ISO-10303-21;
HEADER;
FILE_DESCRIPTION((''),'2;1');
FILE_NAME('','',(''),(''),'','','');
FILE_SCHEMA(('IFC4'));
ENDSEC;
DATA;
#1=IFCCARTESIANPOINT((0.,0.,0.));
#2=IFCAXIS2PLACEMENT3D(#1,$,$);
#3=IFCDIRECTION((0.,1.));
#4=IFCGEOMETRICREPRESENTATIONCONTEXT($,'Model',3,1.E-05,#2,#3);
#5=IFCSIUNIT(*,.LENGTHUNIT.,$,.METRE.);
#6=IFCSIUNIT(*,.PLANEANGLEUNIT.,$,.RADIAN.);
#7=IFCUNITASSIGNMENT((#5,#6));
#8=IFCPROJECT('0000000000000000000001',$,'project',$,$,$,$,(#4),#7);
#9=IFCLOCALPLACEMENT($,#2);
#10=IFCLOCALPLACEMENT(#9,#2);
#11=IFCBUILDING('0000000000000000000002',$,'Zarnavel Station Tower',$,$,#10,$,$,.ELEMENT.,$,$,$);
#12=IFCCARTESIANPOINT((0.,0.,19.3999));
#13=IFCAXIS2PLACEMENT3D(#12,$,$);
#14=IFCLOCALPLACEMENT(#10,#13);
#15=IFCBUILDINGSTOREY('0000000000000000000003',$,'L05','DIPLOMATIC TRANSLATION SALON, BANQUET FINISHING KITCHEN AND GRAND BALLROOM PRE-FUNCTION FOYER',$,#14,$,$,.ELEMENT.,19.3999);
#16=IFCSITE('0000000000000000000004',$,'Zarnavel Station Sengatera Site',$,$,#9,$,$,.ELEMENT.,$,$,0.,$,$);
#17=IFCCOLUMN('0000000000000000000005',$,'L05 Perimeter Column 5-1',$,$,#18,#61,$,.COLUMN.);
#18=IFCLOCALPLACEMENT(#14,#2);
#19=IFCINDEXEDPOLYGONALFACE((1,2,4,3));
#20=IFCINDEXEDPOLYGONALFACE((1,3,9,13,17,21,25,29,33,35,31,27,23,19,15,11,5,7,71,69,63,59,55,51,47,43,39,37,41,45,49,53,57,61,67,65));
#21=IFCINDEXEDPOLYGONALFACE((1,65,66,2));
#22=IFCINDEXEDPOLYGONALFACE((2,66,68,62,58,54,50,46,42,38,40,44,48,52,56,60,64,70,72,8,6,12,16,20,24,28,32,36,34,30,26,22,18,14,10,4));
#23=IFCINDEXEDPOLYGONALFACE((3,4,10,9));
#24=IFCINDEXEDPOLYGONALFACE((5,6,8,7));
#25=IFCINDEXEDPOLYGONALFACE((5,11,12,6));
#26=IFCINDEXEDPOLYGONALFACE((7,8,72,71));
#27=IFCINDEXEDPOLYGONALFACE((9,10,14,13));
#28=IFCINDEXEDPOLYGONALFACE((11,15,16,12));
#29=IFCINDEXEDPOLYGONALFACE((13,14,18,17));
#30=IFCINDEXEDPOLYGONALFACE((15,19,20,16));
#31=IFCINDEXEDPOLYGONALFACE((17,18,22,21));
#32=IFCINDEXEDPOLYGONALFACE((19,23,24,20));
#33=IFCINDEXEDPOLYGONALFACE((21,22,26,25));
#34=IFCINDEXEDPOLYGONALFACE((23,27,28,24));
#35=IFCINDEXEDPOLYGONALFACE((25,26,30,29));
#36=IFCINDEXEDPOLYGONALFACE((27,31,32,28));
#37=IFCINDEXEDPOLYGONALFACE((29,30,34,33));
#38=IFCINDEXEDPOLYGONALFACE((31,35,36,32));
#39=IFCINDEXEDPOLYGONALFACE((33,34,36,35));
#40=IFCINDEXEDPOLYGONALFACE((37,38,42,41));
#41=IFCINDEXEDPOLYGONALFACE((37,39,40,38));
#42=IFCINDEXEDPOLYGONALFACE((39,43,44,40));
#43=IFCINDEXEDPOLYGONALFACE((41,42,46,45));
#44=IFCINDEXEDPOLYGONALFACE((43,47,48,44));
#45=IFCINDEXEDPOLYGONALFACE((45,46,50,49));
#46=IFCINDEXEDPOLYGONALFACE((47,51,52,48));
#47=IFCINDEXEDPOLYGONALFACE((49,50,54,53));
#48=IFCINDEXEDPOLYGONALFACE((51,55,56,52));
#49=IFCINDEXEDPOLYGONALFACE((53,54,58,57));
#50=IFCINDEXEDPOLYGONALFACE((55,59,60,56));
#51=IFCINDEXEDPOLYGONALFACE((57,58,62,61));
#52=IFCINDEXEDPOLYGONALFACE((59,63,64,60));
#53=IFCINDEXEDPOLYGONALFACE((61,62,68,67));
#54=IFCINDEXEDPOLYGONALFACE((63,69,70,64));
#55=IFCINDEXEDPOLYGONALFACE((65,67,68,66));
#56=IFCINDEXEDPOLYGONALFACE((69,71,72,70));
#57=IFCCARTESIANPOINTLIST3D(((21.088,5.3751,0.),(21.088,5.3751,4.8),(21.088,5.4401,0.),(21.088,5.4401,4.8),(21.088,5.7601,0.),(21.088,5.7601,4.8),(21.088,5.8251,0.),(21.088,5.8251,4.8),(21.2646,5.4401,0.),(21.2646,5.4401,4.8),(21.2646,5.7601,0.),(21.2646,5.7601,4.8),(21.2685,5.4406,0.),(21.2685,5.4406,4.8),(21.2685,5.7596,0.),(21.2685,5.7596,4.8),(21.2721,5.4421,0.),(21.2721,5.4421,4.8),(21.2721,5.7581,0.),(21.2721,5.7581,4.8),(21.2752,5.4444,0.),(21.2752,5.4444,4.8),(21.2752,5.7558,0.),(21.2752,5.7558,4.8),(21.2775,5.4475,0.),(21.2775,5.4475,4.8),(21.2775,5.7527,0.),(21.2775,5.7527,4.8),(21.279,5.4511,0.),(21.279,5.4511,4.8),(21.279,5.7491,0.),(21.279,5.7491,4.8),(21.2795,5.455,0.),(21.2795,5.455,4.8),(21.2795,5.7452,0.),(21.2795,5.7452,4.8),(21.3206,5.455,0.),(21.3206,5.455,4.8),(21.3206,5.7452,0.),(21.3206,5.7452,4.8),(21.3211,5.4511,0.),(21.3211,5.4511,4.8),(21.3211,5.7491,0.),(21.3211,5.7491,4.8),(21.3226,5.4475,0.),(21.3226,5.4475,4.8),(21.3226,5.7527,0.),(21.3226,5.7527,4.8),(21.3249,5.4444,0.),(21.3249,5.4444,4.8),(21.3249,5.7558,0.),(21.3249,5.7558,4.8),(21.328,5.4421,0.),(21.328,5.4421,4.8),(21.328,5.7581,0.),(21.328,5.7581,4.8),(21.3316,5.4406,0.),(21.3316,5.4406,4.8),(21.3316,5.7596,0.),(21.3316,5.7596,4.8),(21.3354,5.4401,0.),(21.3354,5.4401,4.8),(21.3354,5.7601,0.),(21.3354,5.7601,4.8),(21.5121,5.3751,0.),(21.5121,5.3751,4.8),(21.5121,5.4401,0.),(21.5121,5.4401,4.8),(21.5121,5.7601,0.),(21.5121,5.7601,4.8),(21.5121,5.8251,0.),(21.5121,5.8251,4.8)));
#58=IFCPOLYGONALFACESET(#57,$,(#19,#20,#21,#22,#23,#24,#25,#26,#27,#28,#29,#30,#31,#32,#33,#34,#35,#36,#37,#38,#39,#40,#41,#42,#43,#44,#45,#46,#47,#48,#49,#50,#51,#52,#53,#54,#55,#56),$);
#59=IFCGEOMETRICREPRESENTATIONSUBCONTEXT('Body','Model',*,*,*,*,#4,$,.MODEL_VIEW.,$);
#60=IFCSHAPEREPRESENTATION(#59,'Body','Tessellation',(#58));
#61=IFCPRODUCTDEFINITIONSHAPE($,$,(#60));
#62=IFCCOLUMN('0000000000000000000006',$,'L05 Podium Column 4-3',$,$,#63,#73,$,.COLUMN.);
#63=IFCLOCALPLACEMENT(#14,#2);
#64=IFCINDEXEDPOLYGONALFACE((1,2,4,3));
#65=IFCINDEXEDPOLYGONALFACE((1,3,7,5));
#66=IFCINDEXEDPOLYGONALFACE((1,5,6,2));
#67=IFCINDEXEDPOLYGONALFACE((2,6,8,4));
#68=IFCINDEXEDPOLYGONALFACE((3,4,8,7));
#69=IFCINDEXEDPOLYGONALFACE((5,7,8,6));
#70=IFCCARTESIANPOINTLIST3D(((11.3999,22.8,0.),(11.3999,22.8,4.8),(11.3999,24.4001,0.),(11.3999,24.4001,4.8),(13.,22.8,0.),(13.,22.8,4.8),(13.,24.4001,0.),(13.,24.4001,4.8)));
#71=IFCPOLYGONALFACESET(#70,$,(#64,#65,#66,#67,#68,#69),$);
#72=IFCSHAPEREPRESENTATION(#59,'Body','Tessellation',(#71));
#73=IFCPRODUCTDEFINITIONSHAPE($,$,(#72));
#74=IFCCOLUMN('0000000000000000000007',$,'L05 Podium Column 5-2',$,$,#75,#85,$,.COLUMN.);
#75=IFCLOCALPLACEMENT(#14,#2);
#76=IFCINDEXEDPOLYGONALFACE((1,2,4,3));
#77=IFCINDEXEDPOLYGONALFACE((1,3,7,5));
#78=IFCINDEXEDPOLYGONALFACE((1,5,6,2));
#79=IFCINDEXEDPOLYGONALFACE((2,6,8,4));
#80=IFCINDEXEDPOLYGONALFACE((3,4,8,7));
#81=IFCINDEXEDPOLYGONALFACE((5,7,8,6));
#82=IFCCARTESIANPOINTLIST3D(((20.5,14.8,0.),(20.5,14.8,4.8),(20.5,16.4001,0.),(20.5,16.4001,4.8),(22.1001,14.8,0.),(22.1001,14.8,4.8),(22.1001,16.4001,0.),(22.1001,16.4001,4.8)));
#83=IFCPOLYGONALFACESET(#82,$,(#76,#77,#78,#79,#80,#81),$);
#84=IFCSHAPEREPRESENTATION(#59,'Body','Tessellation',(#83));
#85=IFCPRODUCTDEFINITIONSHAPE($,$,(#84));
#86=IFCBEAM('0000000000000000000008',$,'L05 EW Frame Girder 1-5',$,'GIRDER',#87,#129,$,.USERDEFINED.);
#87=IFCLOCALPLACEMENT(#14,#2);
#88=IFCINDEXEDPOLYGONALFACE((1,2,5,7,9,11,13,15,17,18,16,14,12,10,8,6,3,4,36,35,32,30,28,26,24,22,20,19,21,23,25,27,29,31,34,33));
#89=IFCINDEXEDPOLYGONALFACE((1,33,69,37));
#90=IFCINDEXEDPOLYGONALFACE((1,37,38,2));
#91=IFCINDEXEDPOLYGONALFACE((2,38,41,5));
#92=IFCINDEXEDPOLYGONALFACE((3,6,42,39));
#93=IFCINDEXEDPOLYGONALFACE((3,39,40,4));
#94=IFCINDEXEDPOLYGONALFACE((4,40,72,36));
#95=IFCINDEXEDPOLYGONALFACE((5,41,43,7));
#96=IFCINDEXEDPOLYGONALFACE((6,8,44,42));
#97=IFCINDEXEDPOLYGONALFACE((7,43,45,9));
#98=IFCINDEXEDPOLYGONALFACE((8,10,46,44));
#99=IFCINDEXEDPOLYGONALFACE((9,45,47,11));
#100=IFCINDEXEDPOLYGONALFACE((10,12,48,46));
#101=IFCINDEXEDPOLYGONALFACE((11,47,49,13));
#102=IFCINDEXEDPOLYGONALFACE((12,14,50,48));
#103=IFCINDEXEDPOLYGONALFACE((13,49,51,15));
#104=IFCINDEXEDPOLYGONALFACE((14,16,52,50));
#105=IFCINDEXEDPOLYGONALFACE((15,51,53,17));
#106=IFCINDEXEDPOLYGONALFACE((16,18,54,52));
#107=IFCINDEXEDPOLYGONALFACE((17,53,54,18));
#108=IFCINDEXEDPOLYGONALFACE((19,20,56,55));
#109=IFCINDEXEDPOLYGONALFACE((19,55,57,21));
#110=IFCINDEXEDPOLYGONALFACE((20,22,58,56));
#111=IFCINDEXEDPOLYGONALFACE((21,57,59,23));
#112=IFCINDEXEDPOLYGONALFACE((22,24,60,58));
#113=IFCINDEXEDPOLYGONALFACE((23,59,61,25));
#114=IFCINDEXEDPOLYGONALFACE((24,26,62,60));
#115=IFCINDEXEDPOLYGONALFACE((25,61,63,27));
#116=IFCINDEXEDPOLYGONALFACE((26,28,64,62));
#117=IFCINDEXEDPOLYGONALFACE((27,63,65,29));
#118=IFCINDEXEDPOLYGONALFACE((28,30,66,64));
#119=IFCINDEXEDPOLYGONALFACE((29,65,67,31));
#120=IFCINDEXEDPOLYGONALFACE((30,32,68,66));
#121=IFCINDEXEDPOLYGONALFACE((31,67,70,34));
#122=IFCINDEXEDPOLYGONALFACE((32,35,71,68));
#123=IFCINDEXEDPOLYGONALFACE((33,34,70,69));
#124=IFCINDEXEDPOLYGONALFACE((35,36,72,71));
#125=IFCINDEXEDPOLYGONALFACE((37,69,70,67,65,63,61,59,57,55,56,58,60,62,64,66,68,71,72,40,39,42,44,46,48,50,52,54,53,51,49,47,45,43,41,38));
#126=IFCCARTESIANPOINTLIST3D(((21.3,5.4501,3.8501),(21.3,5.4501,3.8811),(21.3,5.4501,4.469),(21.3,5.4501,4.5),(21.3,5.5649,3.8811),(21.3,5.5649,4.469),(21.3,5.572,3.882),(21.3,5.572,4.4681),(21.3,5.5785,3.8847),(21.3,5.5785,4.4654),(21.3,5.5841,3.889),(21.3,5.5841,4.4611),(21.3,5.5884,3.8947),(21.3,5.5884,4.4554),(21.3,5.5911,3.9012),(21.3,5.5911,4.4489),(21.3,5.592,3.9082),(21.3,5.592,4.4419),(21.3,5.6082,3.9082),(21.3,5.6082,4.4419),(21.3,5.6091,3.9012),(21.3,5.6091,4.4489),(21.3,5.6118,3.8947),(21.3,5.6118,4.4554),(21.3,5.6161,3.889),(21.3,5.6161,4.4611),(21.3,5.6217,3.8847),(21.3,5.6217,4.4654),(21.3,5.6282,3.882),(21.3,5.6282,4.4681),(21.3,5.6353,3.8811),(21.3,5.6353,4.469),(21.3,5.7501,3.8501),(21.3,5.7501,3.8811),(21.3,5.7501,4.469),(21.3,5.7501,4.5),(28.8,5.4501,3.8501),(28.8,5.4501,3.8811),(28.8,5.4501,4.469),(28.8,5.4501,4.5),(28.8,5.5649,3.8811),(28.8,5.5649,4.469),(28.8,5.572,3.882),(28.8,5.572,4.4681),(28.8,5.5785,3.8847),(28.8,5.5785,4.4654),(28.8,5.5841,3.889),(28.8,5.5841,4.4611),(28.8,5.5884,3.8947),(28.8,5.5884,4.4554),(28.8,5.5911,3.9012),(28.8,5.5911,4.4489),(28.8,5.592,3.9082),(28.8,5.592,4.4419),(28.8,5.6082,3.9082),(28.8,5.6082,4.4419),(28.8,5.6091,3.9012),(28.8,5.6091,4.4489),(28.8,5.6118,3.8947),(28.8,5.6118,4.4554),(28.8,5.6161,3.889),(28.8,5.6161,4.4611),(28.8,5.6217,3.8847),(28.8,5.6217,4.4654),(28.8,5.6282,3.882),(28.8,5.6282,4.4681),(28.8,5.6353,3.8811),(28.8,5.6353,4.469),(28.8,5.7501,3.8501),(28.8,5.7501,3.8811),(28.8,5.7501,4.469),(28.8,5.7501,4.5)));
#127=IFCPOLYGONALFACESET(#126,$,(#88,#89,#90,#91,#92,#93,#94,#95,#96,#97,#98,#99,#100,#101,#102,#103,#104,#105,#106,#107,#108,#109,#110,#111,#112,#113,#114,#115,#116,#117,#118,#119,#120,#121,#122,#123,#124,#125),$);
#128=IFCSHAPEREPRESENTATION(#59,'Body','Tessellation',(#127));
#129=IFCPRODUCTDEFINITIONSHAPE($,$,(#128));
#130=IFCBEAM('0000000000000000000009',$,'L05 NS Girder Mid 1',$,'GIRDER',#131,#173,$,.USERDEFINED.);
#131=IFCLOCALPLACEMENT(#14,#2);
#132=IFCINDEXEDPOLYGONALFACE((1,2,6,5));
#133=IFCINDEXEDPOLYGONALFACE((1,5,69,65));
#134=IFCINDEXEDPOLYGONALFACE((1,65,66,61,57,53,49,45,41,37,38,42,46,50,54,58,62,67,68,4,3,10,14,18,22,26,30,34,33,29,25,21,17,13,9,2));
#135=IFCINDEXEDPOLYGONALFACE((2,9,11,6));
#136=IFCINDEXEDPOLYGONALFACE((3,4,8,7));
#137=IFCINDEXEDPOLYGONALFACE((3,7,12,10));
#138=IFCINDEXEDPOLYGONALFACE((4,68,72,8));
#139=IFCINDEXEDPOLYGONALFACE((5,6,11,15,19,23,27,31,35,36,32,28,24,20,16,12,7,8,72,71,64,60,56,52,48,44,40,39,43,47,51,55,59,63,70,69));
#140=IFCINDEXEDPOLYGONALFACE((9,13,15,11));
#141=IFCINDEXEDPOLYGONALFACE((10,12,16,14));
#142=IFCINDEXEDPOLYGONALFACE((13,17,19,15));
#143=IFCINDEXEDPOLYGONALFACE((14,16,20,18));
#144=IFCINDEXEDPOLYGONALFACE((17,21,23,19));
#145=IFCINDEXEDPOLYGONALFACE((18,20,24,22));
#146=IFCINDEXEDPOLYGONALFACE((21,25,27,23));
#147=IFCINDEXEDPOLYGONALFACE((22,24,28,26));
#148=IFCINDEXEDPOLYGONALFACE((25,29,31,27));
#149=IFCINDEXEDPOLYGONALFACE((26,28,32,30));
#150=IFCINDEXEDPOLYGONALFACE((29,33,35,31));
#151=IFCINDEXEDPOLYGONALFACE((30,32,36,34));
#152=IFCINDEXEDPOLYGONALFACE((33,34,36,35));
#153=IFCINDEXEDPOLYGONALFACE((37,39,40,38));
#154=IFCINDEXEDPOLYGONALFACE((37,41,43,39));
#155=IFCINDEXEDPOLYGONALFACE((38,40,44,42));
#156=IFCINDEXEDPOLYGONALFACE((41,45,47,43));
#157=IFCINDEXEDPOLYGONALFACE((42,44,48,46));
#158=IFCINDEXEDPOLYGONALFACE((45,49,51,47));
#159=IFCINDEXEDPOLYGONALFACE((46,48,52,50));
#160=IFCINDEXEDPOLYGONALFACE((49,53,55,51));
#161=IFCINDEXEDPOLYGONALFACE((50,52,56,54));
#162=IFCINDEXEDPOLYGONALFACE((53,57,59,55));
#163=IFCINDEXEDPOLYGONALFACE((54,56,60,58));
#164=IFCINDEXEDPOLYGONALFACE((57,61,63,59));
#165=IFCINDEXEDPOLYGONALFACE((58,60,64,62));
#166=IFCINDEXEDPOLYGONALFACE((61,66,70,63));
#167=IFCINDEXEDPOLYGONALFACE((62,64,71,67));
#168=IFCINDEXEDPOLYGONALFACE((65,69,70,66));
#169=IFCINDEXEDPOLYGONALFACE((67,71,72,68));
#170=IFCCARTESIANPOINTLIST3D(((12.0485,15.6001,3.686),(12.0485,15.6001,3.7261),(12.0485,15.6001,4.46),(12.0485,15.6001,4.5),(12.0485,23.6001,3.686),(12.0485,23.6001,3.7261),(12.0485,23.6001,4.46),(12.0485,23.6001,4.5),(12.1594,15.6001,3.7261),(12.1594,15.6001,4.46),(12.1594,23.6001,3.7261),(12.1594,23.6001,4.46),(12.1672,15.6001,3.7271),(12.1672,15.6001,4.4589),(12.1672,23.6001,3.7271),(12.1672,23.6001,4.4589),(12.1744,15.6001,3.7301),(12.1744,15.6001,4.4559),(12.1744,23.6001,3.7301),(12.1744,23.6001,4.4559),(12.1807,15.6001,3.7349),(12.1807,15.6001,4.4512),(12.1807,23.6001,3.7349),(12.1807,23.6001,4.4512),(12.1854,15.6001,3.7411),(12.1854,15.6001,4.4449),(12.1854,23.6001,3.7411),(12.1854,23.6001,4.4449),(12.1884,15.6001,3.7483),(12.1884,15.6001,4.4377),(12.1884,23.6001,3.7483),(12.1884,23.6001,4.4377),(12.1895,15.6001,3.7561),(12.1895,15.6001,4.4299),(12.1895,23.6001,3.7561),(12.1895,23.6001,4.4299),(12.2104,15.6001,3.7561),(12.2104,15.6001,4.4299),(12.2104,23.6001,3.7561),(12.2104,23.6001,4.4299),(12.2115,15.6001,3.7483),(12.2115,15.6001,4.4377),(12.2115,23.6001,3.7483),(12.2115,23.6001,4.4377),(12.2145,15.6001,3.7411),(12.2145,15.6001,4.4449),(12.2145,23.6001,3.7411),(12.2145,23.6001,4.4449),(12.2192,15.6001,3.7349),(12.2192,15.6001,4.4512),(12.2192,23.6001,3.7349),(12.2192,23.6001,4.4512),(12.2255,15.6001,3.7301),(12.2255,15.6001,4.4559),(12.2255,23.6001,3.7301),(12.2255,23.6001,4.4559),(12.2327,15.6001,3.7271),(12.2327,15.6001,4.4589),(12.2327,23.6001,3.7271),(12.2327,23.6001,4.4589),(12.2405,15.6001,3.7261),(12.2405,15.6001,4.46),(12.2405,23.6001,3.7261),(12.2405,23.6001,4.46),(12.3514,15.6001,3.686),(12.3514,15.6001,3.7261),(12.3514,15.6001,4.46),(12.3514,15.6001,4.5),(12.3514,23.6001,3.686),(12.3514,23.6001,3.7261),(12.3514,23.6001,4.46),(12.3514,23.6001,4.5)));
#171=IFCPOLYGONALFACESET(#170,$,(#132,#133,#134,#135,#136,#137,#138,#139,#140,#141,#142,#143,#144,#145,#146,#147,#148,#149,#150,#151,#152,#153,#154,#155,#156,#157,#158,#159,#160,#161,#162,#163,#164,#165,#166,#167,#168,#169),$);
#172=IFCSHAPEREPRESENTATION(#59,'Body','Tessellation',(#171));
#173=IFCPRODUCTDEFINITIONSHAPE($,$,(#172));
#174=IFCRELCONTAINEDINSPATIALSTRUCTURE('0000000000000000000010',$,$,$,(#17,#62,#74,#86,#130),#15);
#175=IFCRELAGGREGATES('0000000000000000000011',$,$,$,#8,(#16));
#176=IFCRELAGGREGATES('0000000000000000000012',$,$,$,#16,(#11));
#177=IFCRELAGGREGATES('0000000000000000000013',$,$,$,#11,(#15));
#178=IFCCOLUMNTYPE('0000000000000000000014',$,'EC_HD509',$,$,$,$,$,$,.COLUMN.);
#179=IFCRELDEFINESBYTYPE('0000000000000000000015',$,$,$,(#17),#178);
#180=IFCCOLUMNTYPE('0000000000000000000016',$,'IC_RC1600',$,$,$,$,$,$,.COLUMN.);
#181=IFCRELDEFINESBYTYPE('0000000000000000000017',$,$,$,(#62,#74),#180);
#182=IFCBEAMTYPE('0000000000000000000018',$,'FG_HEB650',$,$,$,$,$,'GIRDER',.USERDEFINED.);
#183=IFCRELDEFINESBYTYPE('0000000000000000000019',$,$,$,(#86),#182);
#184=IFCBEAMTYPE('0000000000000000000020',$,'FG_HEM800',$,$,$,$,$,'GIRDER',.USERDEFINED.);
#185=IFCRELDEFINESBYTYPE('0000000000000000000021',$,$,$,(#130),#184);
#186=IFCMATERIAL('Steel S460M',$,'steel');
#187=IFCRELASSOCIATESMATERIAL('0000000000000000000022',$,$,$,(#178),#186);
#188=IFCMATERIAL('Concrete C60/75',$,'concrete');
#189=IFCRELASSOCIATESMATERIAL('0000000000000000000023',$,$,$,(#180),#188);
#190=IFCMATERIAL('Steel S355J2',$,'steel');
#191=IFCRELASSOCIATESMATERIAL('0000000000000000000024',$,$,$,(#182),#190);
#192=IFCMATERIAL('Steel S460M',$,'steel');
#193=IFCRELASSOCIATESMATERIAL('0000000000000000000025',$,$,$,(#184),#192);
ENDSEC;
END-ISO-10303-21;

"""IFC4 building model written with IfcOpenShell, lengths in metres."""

from ifc_helpers import new_model, si_unit, direction, frame, origin, origin_2d, place, context, subcontext, project, spatial, rectangle, i_section, extrude, material, material_profile, profile_set, type_object, element, save


model = new_model("IFC4")

# Units and contexts
model_context = context("Model", 3, precision=1e-05, world=origin(), true_north=direction((0.0, 1.0)))
body_context = subcontext(model_context, "Body", "Model", "MODEL_VIEW")
ifc_project = project(units=[si_unit("LENGTHUNIT", "METRE"), si_unit("PLANEANGLEUNIT", "RADIAN")], contexts=[model_context])

# Site, building, storey
site_placement = place(None, origin())
site = spatial("IfcSite", under=ifc_project, at=site_placement, Name="Zarnavel Station Sengatera Site", CompositionType="ELEMENT", RefElevation=0.0)
building_placement = place(site_placement, origin())
building = spatial("IfcBuilding", under=site, at=building_placement, Name="Zarnavel Station Tower", CompositionType="ELEMENT")
storey_placement = place(building_placement, frame((0.0, 0.0, 19.3999)))
storey = spatial("IfcBuildingStorey", under=building, at=storey_placement, Name="L05", Description="DIPLOMATIC TRANSLATION SALON, BANQUET FINISHING KITCHEN AND GRAND BALLROOM PRE-FUNCTION FOYER", CompositionType="ELEMENT", Elevation=19.3999)

# Columns
ifc_material_1 = material(Name="Steel S460M", Category="steel")
ifc_material_profile_1 = material_profile(ifc_material_1, i_section(OverallWidth=0.4241, OverallDepth=0.45, WebThickness=0.041, FlangeThickness=0.0649, FilletRadius=0.0149, at=origin_2d()), Name="HD400x509")
ifc_profile_set_1 = profile_set([ifc_material_profile_1], Name="Steel S460M")
column_type_1 = type_object("IfcColumnType", Name="EC_HD509", PredefinedType="COLUMN", material=ifc_profile_set_1)
column_placement = place(storey_placement, frame((21.3, 5.6001, 0.0), z_axis=(0.0, 0.0, 1.0), x_axis=(1.0, 0.0, 0.0)))
element("IfcColumn", 1, at=column_placement, inside=storey, type_object=column_type_1, Name="L05 Perimeter Column 5-1", PredefinedType="COLUMN", context=body_context, shape_type="SweptSolid", body=[
    extrude(i_section(OverallWidth=0.4241, OverallDepth=0.45, WebThickness=0.041, FlangeThickness=0.0649, FilletRadius=0.0149, at=origin_2d()), origin(), (0.0, 0.0, 1.0), 4.8),
])
ifc_material_2 = material(Name="Concrete C60/75", Category="concrete")
ifc_material_profile_2 = material_profile(ifc_material_2, rectangle(XDim=1.6001, YDim=1.6001, at=origin_2d()), Name="RC1600x1600")
ifc_profile_set_2 = profile_set([ifc_material_profile_2], Name="Concrete C60/75")
column_type_2 = type_object("IfcColumnType", Name="IC_RC1600", PredefinedType="COLUMN", material=ifc_profile_set_2)
for number, where, z_axis, x_axis, name in (
    (2, (12.2, 23.6001, 0.0), (0.0, 0.0, 1.0), (1.0, 0.0, 0.0), "L05 Podium Column 4-3"),
    (3, (21.3, 15.6001, 0.0), (0.0, 0.0, 1.0), (1.0, 0.0, 0.0), "L05 Podium Column 5-2"),
):
    element("IfcColumn", number, at=place(storey_placement, frame(where, z_axis=z_axis, x_axis=x_axis)), inside=storey, type_object=column_type_2, Name=name, PredefinedType="COLUMN", context=body_context, shape_type="SweptSolid", body=[
        extrude(rectangle(XDim=1.6001, YDim=1.6001, at=origin_2d()), origin(), (0.0, 0.0, 1.0), 4.8),
    ])

# Beams
ifc_material_3 = material(Name="Steel S355J2", Category="steel")
ifc_material_profile_3 = material_profile(ifc_material_3, i_section(OverallWidth=0.3, OverallDepth=0.6499, WebThickness=0.0161, FlangeThickness=0.031, FilletRadius=0.0271, at=origin_2d()), Name="HEB650")
ifc_profile_set_3 = profile_set([ifc_material_profile_3], Name="Steel S355J2")
beam_type_1 = type_object("IfcBeamType", Name="FG_HEB650", ElementType="GIRDER", PredefinedType="USERDEFINED", material=ifc_profile_set_3)
beam_1_placement = place(storey_placement, frame((21.3, 5.6001, 4.175), z_axis=(1.0, 0.0, 0.0), x_axis=(0.0, 1.0, 0.0)))
element("IfcBeam", 4, at=beam_1_placement, inside=storey, type_object=beam_type_1, Name="L05 EW Frame Girder 1-5", ObjectType="GIRDER", PredefinedType="USERDEFINED", context=body_context, shape_type="SweptSolid", body=[
    extrude(i_section(OverallWidth=0.3, OverallDepth=0.6499, WebThickness=0.0161, FlangeThickness=0.031, FilletRadius=0.0271, at=origin_2d()), origin(), (0.0, 0.0, 1.0), 7.5),
])
ifc_material_4 = material(Name="Steel S460M", Category="steel")
ifc_material_profile_4 = material_profile(ifc_material_4, i_section(OverallWidth=0.303, OverallDepth=0.814, WebThickness=0.021, FlangeThickness=0.04, FilletRadius=0.03, at=origin_2d()), Name="HEM800")
ifc_profile_set_4 = profile_set([ifc_material_profile_4], Name="Steel S460M")
beam_type_2 = type_object("IfcBeamType", Name="FG_HEM800", ElementType="GIRDER", PredefinedType="USERDEFINED", material=ifc_profile_set_4)
beam_2_placement = place(storey_placement, frame((12.2, 15.6001, 4.093), z_axis=(0.0, 1.0, 0.0), x_axis=(-1.0, 0.0, 0.0)))
element("IfcBeam", 5, at=beam_2_placement, inside=storey, type_object=beam_type_2, Name="L05 NS Girder Mid 1", ObjectType="GIRDER", PredefinedType="USERDEFINED", context=body_context, shape_type="SweptSolid", body=[
    extrude(i_section(OverallWidth=0.303, OverallDepth=0.814, WebThickness=0.021, FlangeThickness=0.04, FilletRadius=0.03, at=origin_2d()), origin(), (0.0, 0.0, 1.0), 8.0),
])

save(model, "model.ifc")
